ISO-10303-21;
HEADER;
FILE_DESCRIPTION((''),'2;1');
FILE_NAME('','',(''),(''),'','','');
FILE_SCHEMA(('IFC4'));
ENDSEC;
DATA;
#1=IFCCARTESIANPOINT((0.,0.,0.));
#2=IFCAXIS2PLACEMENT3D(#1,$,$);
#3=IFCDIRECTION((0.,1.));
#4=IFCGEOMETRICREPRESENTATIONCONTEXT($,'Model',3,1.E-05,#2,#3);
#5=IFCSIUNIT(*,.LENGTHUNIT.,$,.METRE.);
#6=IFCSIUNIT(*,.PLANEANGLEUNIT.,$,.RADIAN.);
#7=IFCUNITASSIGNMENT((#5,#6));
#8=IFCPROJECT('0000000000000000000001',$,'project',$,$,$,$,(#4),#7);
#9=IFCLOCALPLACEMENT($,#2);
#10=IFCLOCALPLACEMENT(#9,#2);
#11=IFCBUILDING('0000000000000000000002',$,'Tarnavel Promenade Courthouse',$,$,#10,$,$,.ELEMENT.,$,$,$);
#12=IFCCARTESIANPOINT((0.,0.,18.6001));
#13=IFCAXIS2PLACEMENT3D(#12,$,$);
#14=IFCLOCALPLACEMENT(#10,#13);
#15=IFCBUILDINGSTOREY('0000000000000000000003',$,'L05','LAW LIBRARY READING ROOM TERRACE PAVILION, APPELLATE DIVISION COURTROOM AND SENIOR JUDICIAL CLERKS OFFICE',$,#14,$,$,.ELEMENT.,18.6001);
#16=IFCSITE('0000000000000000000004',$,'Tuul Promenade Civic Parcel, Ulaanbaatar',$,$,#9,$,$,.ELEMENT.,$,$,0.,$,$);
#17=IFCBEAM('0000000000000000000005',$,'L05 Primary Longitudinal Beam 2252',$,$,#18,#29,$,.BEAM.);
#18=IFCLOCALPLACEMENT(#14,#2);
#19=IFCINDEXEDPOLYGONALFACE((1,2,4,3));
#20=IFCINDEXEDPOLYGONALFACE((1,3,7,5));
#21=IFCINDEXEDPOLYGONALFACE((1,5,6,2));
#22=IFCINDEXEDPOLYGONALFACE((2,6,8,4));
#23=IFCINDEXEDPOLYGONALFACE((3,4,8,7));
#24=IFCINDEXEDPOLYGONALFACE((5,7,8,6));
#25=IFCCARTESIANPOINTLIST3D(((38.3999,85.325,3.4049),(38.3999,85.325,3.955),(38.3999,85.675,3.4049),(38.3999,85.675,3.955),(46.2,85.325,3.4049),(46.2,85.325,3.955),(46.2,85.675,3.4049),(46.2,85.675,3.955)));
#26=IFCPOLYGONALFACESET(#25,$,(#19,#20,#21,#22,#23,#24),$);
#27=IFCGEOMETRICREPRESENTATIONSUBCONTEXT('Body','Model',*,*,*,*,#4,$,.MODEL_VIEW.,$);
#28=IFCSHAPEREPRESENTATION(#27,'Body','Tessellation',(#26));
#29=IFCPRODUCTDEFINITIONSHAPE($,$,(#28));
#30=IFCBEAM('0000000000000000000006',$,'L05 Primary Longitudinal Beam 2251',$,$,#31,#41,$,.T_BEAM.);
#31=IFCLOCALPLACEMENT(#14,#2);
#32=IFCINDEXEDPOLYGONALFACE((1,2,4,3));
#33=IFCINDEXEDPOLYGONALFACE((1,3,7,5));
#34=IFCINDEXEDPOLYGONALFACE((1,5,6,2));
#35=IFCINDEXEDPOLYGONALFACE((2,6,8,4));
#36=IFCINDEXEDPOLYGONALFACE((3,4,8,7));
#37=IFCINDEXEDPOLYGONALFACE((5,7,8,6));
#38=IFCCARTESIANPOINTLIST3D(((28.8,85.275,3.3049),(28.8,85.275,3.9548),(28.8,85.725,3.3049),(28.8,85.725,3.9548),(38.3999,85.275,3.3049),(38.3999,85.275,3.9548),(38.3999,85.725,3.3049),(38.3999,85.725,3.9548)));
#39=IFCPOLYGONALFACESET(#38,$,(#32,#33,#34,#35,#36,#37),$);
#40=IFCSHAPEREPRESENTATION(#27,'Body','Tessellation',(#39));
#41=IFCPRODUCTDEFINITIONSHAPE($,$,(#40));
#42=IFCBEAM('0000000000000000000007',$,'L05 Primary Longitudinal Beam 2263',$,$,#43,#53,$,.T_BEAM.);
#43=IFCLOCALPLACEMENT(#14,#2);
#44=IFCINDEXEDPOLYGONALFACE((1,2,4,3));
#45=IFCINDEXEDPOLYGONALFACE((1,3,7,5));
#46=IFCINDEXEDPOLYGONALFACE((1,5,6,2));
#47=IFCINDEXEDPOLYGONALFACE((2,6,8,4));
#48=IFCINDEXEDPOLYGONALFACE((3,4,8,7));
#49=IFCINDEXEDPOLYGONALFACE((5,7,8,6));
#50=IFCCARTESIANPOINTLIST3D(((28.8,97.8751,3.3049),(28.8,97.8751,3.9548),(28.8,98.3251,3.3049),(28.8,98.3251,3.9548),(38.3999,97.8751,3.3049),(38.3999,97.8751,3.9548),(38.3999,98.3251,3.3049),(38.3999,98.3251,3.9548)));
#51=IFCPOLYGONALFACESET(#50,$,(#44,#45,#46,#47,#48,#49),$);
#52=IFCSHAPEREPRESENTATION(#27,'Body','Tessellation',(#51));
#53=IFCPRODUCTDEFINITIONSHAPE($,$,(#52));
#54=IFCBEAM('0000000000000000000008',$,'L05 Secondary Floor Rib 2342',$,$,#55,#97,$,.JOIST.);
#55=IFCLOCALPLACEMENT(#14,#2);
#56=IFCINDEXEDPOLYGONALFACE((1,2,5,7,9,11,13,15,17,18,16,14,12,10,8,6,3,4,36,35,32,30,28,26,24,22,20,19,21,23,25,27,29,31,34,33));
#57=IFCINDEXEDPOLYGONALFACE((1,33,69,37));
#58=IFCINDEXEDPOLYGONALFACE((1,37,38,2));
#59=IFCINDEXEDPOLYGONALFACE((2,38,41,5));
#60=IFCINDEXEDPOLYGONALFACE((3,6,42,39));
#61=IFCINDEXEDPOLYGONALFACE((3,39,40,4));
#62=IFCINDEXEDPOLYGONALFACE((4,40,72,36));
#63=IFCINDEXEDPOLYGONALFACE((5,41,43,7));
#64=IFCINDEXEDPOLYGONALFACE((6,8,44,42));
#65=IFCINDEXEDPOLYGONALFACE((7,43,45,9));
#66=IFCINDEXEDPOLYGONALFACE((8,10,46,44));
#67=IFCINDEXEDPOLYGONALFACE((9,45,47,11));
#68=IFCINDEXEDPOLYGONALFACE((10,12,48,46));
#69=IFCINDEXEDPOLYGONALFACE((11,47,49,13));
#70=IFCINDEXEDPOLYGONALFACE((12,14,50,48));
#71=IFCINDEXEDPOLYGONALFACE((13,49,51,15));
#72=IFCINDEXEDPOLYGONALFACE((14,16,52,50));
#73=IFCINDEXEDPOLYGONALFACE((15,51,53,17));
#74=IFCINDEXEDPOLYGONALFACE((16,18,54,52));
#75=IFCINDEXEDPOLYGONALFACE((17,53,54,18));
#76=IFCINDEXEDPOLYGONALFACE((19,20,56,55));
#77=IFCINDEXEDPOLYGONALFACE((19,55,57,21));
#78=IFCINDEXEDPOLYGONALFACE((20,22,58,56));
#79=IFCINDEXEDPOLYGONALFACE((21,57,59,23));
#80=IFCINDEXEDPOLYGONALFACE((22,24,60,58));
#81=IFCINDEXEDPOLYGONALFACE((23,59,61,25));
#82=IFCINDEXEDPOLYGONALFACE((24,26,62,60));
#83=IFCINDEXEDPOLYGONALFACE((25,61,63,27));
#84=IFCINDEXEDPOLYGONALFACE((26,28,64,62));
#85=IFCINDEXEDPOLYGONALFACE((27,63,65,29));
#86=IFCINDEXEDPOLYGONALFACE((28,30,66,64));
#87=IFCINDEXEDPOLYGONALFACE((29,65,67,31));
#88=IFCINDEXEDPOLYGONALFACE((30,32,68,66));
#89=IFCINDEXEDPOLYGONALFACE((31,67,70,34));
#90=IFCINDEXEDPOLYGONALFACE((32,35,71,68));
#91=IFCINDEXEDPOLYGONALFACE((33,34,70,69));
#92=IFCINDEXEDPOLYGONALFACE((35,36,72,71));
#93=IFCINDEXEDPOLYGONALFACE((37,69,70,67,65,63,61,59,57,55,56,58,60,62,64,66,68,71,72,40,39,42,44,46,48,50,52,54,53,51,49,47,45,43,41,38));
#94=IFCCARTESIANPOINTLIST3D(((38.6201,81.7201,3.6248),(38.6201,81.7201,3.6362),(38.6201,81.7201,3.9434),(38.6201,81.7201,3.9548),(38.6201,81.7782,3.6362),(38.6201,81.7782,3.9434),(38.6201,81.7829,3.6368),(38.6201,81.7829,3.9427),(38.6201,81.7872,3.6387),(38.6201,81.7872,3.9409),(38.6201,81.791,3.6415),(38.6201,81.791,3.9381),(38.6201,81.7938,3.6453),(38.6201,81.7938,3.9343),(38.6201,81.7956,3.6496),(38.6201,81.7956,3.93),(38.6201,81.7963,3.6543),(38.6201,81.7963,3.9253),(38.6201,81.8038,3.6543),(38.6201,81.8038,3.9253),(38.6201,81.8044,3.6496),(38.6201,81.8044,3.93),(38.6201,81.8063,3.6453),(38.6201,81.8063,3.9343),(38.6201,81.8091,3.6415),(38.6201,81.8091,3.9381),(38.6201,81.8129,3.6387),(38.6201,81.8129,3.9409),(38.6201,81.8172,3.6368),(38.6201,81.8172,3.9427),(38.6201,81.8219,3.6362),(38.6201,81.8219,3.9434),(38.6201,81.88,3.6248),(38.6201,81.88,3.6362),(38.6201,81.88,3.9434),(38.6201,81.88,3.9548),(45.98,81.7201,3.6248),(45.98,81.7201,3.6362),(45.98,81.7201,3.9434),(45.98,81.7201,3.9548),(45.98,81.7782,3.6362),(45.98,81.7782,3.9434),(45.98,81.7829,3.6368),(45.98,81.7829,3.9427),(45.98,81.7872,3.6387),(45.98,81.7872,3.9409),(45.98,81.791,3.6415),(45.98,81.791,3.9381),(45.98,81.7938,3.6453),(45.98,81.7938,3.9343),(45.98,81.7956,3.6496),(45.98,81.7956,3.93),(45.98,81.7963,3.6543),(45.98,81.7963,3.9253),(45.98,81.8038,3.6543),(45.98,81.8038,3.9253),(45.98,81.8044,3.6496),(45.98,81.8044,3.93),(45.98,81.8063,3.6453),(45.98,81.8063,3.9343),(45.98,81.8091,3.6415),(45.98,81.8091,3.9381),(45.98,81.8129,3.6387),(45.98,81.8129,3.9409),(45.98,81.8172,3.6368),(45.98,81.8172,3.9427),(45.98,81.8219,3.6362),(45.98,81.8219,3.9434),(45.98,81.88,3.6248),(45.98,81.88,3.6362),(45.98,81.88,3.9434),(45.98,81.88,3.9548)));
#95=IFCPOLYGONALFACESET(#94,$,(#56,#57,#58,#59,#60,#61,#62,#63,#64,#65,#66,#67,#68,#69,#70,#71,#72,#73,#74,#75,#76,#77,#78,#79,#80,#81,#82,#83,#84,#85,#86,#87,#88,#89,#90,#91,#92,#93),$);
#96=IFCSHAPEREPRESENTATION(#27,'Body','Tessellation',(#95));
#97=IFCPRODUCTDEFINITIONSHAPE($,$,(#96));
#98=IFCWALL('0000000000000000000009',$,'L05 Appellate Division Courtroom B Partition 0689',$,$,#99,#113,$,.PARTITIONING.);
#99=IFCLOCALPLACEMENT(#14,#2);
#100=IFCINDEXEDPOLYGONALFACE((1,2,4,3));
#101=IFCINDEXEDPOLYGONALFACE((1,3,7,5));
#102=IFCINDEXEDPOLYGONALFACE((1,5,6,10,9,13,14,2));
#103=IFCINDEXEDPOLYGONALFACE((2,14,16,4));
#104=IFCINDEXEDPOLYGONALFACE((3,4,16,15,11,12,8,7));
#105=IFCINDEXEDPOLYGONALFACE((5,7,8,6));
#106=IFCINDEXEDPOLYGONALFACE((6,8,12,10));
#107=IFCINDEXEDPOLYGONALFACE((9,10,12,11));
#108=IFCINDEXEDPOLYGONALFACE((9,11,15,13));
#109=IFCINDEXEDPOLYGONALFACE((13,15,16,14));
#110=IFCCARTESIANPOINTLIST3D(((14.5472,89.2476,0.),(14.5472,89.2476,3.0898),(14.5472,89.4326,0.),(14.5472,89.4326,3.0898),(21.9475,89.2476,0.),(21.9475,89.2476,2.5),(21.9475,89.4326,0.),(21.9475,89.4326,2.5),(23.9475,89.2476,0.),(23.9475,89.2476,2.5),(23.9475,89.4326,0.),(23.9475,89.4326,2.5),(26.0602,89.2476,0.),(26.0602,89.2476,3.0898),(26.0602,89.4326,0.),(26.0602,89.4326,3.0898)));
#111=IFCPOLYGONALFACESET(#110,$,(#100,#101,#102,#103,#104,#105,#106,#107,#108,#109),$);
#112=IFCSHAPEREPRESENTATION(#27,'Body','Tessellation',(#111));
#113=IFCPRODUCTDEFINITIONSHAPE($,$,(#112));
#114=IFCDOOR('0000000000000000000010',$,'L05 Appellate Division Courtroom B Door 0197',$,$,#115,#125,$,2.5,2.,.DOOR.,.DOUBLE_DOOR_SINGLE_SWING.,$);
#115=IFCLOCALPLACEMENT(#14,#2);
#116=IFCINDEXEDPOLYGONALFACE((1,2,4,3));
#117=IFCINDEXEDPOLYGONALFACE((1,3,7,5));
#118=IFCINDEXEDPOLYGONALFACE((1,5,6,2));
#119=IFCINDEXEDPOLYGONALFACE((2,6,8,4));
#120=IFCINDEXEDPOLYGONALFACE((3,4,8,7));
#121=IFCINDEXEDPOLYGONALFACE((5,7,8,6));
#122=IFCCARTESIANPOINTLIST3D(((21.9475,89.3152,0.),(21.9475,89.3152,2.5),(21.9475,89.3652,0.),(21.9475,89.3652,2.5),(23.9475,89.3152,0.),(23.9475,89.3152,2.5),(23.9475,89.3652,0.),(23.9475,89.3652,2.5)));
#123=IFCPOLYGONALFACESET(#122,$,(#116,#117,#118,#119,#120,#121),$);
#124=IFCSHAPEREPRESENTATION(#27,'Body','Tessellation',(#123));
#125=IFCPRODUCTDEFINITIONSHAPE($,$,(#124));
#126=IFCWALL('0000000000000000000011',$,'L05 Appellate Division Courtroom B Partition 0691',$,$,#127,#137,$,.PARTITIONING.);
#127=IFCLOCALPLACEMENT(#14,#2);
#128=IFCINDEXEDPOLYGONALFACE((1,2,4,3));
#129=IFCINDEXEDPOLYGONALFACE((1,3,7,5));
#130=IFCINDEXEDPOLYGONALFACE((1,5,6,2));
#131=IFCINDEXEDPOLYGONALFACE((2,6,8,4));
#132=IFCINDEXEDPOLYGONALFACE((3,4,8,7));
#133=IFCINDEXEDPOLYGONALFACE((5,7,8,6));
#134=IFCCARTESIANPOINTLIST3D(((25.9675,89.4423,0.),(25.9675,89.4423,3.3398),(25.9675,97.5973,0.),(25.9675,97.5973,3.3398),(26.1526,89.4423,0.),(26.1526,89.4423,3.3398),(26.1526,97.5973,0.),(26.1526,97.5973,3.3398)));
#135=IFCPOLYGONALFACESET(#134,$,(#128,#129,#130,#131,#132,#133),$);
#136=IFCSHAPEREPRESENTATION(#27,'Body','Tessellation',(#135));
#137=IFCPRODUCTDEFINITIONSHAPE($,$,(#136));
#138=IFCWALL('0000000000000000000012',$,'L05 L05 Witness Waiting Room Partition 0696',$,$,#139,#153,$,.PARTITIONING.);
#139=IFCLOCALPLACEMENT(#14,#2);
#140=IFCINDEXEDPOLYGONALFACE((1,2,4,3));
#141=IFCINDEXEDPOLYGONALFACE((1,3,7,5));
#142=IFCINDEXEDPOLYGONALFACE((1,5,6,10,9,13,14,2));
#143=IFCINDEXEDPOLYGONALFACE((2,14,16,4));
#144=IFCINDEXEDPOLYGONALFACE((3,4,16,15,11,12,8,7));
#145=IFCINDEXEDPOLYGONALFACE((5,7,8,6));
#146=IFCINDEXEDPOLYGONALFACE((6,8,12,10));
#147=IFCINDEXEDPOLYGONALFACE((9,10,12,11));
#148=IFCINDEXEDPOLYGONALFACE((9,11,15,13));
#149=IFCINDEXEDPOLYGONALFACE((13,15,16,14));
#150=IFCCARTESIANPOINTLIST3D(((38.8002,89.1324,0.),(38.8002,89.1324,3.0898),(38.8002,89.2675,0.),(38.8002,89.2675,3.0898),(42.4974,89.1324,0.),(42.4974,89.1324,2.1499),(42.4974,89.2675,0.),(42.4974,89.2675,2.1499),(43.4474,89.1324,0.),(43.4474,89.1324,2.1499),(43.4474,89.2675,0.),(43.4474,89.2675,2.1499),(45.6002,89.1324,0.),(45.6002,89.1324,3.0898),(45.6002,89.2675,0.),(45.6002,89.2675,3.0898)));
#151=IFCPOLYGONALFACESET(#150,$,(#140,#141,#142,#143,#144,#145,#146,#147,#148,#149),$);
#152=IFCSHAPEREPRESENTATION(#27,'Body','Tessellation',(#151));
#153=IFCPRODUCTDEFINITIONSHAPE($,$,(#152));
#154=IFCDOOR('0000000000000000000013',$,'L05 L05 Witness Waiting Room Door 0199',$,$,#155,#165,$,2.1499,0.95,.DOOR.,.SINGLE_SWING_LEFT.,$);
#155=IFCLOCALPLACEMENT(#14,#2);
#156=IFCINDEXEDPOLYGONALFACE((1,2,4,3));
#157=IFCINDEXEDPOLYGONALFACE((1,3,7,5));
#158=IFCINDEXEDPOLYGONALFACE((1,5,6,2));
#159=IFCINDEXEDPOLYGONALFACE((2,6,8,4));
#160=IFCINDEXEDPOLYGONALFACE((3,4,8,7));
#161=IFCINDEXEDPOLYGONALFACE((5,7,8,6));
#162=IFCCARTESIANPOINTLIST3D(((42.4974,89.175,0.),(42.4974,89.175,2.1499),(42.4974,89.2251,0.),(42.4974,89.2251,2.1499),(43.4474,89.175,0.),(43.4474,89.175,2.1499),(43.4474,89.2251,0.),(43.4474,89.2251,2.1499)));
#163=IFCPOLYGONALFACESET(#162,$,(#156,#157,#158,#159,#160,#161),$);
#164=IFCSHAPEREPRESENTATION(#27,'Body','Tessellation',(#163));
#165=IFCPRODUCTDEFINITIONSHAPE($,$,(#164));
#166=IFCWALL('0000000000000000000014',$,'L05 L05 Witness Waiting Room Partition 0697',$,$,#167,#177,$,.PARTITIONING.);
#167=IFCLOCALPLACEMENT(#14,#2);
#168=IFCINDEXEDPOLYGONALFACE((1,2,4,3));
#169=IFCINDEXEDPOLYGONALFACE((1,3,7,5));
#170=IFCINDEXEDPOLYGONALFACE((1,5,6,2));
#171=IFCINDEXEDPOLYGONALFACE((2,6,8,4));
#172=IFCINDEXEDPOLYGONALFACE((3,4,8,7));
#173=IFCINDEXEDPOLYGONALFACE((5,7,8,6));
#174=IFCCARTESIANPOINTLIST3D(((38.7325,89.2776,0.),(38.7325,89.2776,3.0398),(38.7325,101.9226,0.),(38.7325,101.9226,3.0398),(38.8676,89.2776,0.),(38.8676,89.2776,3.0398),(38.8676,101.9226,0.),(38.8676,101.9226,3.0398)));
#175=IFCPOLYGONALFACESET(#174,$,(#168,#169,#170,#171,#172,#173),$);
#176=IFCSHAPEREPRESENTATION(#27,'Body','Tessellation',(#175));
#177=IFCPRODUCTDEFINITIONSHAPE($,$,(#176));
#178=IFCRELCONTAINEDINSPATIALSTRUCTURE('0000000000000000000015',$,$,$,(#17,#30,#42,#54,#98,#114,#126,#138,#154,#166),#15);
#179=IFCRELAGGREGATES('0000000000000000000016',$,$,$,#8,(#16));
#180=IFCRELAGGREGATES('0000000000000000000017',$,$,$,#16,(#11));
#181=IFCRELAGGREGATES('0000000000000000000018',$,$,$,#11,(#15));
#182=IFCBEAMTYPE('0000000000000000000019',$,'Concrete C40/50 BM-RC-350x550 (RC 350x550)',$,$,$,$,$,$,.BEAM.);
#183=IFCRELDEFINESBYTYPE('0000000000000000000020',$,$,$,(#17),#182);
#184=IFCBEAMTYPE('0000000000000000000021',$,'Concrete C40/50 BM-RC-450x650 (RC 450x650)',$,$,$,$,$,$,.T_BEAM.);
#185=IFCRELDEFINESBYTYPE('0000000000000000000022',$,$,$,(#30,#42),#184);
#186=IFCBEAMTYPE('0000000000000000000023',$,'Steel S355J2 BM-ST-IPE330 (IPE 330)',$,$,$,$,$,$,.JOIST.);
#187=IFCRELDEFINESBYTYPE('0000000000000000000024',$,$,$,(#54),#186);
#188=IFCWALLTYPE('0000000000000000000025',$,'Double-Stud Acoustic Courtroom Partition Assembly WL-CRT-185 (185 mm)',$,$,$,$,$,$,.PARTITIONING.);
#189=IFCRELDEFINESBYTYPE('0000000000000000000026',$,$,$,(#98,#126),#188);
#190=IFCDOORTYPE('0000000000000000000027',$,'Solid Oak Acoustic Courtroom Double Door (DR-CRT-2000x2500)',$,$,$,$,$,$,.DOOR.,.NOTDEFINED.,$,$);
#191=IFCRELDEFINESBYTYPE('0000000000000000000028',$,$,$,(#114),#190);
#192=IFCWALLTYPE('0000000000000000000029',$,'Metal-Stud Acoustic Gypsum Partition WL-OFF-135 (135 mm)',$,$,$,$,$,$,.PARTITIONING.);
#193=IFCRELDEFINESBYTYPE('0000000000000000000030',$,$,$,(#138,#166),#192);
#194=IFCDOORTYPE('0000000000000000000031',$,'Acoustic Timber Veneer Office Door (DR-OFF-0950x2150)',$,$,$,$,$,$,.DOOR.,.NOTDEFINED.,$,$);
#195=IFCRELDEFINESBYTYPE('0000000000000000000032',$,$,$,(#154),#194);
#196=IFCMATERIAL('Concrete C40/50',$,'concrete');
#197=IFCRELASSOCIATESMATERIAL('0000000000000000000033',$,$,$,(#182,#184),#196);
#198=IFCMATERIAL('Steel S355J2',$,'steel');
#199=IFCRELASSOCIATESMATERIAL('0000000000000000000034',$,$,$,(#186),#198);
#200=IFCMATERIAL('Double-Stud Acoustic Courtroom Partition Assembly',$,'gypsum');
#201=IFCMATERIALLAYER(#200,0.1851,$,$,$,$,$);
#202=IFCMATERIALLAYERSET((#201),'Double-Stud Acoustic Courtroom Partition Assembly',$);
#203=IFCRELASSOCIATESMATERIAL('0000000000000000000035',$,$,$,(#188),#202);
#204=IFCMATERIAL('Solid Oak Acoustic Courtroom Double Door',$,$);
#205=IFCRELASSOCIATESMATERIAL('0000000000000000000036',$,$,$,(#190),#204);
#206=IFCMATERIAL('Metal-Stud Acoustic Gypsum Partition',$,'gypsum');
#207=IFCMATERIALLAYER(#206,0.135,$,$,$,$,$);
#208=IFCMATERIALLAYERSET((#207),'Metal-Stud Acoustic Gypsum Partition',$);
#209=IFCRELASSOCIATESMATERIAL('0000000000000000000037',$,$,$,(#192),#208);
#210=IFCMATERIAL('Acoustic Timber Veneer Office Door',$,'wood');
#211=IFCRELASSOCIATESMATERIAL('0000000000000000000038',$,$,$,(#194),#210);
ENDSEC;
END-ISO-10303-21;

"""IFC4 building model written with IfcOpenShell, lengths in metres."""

from ifc_helpers import new_model, si_unit, direction, frame, frame_2d, origin, origin_2d, place, context, subcontext, project, spatial, rectangle, i_section, extrude, material, layer, layer_set, material_profile, profile_set, type_object, element, fill, save


model = new_model("IFC4")

# Units and contexts
model_context = context("Model", 3, precision=1e-05, world=origin(), true_north=direction((0.0, 1.0)))
body_context = subcontext(model_context, "Body", "Model", "MODEL_VIEW")
ifc_project = project(units=[si_unit("LENGTHUNIT", "METRE"), si_unit("PLANEANGLEUNIT", "RADIAN")], contexts=[model_context])

# Site, building, storey
site_placement = place(None, origin())
site = spatial("IfcSite", under=ifc_project, at=site_placement, Name="Tuul Promenade Civic Parcel, Ulaanbaatar", CompositionType="ELEMENT", RefElevation=0.0)
building_placement = place(site_placement, origin())
building = spatial("IfcBuilding", under=site, at=building_placement, Name="Tarnavel Promenade Courthouse", CompositionType="ELEMENT")
storey_placement = place(building_placement, frame((0.0, 0.0, 18.6001)))
storey = spatial("IfcBuildingStorey", under=building, at=storey_placement, Name="L05", Description="LAW LIBRARY READING ROOM TERRACE PAVILION, APPELLATE DIVISION COURTROOM AND SENIOR JUDICIAL CLERKS OFFICE", CompositionType="ELEMENT", Elevation=18.6001)

# Shared definitions
ifc_material_1 = material(Name="Concrete C40/50", Category="concrete")

# Beams
ifc_material_profile_1 = material_profile(ifc_material_1, rectangle(XDim=0.3501, YDim=0.55, at=origin_2d()), Name="RC 350x550")
ifc_profile_set_1 = profile_set([ifc_material_profile_1], Name="Concrete C40/50")
beam_type_1 = type_object("IfcBeamType", Name="Concrete C40/50 BM-RC-350x550 (RC 350x550)", PredefinedType="BEAM", material=ifc_profile_set_1)
beam_1_placement = place(storey_placement, frame((38.3999, 85.5, 3.6799), z_axis=(1.0, 0.0, 0.0), x_axis=(0.0, 1.0, 0.0)))
element("IfcBeam", 1, at=beam_1_placement, inside=storey, type_object=beam_type_1, Name="L05 Primary Longitudinal Beam 2252", PredefinedType="BEAM", context=body_context, shape_type="SweptSolid", body=[
    extrude(rectangle(XDim=0.3501, YDim=0.55, at=origin_2d()), origin(), (0.0, 0.0, 1.0), 7.8),
])
ifc_material_profile_2 = material_profile(ifc_material_1, rectangle(XDim=0.45, YDim=0.6499, at=origin_2d()), Name="RC 450x650")
ifc_profile_set_2 = profile_set([ifc_material_profile_2], Name="Concrete C40/50")
beam_type_2 = type_object("IfcBeamType", Name="Concrete C40/50 BM-RC-450x650 (RC 450x650)", PredefinedType="T_BEAM", material=ifc_profile_set_2)
for number, where, z_axis, x_axis, name in (
    (2, (28.8, 85.5, 3.6299), (1.0, 0.0, 0.0), (0.0, 1.0, 0.0), "L05 Primary Longitudinal Beam 2251"),
    (3, (28.8, 98.1001, 3.6299), (1.0, 0.0, 0.0), (0.0, 1.0, 0.0), "L05 Primary Longitudinal Beam 2263"),
):
    element("IfcBeam", number, at=place(storey_placement, frame(where, z_axis=z_axis, x_axis=x_axis)), inside=storey, type_object=beam_type_2, Name=name, PredefinedType="T_BEAM", context=body_context, shape_type="SweptSolid", body=[
        extrude(rectangle(XDim=0.45, YDim=0.6499, at=origin_2d()), origin(), (0.0, 0.0, 1.0), 9.5999),
    ])
ifc_material_2 = material(Name="Steel S355J2", Category="steel")
ifc_material_profile_3 = material_profile(ifc_material_2, i_section(OverallWidth=0.1599, OverallDepth=0.3301, WebThickness=0.0076, FlangeThickness=0.0115, FilletRadius=0.0181, at=origin_2d()), Name="IPE 330")
ifc_profile_set_3 = profile_set([ifc_material_profile_3], Name="Steel S355J2")
beam_type_3 = type_object("IfcBeamType", Name="Steel S355J2 BM-ST-IPE330 (IPE 330)", PredefinedType="JOIST", material=ifc_profile_set_3)
beam_2_placement = place(storey_placement, frame((38.6201, 81.8, 3.7898), z_axis=(1.0, 0.0, 0.0), x_axis=(0.0, 1.0, 0.0)))
element("IfcBeam", 4, at=beam_2_placement, inside=storey, type_object=beam_type_3, Name="L05 Secondary Floor Rib 2342", PredefinedType="JOIST", context=body_context, shape_type="SweptSolid", body=[
    extrude(i_section(OverallWidth=0.1599, OverallDepth=0.3301, WebThickness=0.0076, FlangeThickness=0.0115, FilletRadius=0.0181, at=origin_2d()), origin(), (0.0, 0.0, 1.0), 7.3599),
])

# Wall, opening, door
ifc_material_3 = material(Name="Double-Stud Acoustic Courtroom Partition Assembly", Category="gypsum")
ifc_layer_1 = layer(ifc_material_3, 0.1851)
ifc_layer_set_1 = layer_set([ifc_layer_1], Name="Double-Stud Acoustic Courtroom Partition Assembly")
wall_type_1 = type_object("IfcWallType", Name="Double-Stud Acoustic Courtroom Partition Assembly WL-CRT-185 (185 mm)", PredefinedType="PARTITIONING", material=ifc_layer_set_1)
wall_1_placement = place(storey_placement, frame((26.0601, 89.3401, 0.0), z_axis=(0.0, 0.0, 1.0), x_axis=(-1.0, 0.0, 0.0)))
wall_1 = element("IfcWall", 5, at=wall_1_placement, inside=storey, type_object=wall_type_1, Name="L05 Appellate Division Courtroom B Partition 0689", PredefinedType="PARTITIONING", context=body_context, shape_type="SweptSolid", body=[
    extrude(rectangle(XDim=11.5129, YDim=0.1851, at=frame_2d((5.7563, 0.0))), origin(), (0.0, 0.0, 1.0), 3.0898),
])
opening_1_placement = place(wall_1_placement, frame((2.1125, 0.0, 0.0)))
opening_1 = element("IfcOpeningElement", 6, at=opening_1_placement, cuts=wall_1, PredefinedType="OPENING", context=body_context, shape_type="SweptSolid", body=[
    extrude(rectangle(XDim=2.0, YDim=2.5, at=frame_2d((1.0, 1.25))), frame((0.0, 0.1025, 0.0), z_axis=(0.0, -1.0, 0.0), x_axis=(1.0, 0.0, 0.0)), (0.0, 0.0, 1.0), 0.2051),
])
ifc_material_4 = material(Name="Solid Oak Acoustic Courtroom Double Door")
door_type_1 = type_object("IfcDoorType", Name="Solid Oak Acoustic Courtroom Double Door (DR-CRT-2000x2500)", OperationType="NOTDEFINED", PredefinedType="DOOR", material=ifc_material_4)
door_1_placement = place(opening_1_placement, origin())
door_1 = element("IfcDoor", 7, at=door_1_placement, inside=storey, type_object=door_type_1, Name="L05 Appellate Division Courtroom B Door 0197", OperationType="DOUBLE_DOOR_SINGLE_SWING", OverallHeight=2.5, OverallWidth=2.0, PredefinedType="DOOR", context=body_context, shape_type="SweptSolid", body=[
    extrude(rectangle(XDim=2.0, YDim=2.5, at=frame_2d((1.0, 1.25))), frame((0.0, 0.0249, 0.0), z_axis=(0.0, -1.0, 0.0), x_axis=(1.0, 0.0, 0.0)), (0.0, 0.0, 1.0), 0.05),
])
fill(opening_1, door_1)

# Wall
wall_2_placement = place(storey_placement, frame((26.0601, 97.5974, 0.0), z_axis=(0.0, 0.0, 1.0), x_axis=(0.0, -1.0, 0.0)))
element("IfcWall", 8, at=wall_2_placement, inside=storey, type_object=wall_type_1, Name="L05 Appellate Division Courtroom B Partition 0691", PredefinedType="PARTITIONING", context=body_context, shape_type="SweptSolid", body=[
    extrude(rectangle(XDim=8.155, YDim=0.1851, at=frame_2d((4.0776, 0.0))), origin(), (0.0, 0.0, 1.0), 3.3398),
])

# Wall, opening, door
ifc_material_5 = material(Name="Metal-Stud Acoustic Gypsum Partition", Category="gypsum")
ifc_layer_2 = layer(ifc_material_5, 0.135)
ifc_layer_set_2 = layer_set([ifc_layer_2], Name="Metal-Stud Acoustic Gypsum Partition")
wall_type_2 = type_object("IfcWallType", Name="Metal-Stud Acoustic Gypsum Partition WL-OFF-135 (135 mm)", PredefinedType="PARTITIONING", material=ifc_layer_set_2)
wall_3_placement = place(storey_placement, frame((45.6001, 89.2, 0.0), z_axis=(0.0, 0.0, 1.0), x_axis=(-1.0, 0.0, 0.0)))
wall_3 = element("IfcWall", 9, at=wall_3_placement, inside=storey, type_object=wall_type_2, Name="L05 L05 Witness Waiting Room Partition 0696", PredefinedType="PARTITIONING", context=body_context, shape_type="SweptSolid", body=[
    extrude(rectangle(XDim=6.8, YDim=0.135, at=frame_2d((3.3999, 0.0))), origin(), (0.0, 0.0, 1.0), 3.0898),
])
opening_2_placement = place(wall_3_placement, frame((2.1526, 0.0, 0.0)))
opening_2 = element("IfcOpeningElement", 10, at=opening_2_placement, cuts=wall_3, PredefinedType="OPENING", context=body_context, shape_type="SweptSolid", body=[
    extrude(rectangle(XDim=0.95, YDim=2.1499, at=frame_2d((0.4751, 1.075))), frame((0.0, 0.0774, 0.0), z_axis=(0.0, -1.0, 0.0), x_axis=(1.0, 0.0, 0.0)), (0.0, 0.0, 1.0), 0.155),
])
ifc_material_6 = material(Name="Acoustic Timber Veneer Office Door", Category="wood")
door_type_2 = type_object("IfcDoorType", Name="Acoustic Timber Veneer Office Door (DR-OFF-0950x2150)", OperationType="NOTDEFINED", PredefinedType="DOOR", material=ifc_material_6)
door_2_placement = place(opening_2_placement, origin())
door_2 = element("IfcDoor", 11, at=door_2_placement, inside=storey, type_object=door_type_2, Name="L05 L05 Witness Waiting Room Door 0199", OperationType="SINGLE_SWING_LEFT", OverallHeight=2.1499, OverallWidth=0.95, PredefinedType="DOOR", context=body_context, shape_type="SweptSolid", body=[
    extrude(rectangle(XDim=0.95, YDim=2.1499, at=frame_2d((0.4751, 1.075))), frame((0.0, 0.0249, 0.0), z_axis=(0.0, -1.0, 0.0), x_axis=(1.0, 0.0, 0.0)), (0.0, 0.0, 1.0), 0.05),
])
fill(opening_2, door_2)

# Wall
wall_4_placement = place(storey_placement, frame((38.8, 89.2776, 0.0), z_axis=(0.0, 0.0, 1.0), x_axis=(0.0, 1.0, 0.0)))
element("IfcWall", 12, at=wall_4_placement, inside=storey, type_object=wall_type_2, Name="L05 L05 Witness Waiting Room Partition 0697", PredefinedType="PARTITIONING", context=body_context, shape_type="SweptSolid", body=[
    extrude(rectangle(XDim=12.645, YDim=0.135, at=frame_2d((6.3225, 0.0))), origin(), (0.0, 0.0, 1.0), 3.0398),
])

save(model, "model.ifc")
